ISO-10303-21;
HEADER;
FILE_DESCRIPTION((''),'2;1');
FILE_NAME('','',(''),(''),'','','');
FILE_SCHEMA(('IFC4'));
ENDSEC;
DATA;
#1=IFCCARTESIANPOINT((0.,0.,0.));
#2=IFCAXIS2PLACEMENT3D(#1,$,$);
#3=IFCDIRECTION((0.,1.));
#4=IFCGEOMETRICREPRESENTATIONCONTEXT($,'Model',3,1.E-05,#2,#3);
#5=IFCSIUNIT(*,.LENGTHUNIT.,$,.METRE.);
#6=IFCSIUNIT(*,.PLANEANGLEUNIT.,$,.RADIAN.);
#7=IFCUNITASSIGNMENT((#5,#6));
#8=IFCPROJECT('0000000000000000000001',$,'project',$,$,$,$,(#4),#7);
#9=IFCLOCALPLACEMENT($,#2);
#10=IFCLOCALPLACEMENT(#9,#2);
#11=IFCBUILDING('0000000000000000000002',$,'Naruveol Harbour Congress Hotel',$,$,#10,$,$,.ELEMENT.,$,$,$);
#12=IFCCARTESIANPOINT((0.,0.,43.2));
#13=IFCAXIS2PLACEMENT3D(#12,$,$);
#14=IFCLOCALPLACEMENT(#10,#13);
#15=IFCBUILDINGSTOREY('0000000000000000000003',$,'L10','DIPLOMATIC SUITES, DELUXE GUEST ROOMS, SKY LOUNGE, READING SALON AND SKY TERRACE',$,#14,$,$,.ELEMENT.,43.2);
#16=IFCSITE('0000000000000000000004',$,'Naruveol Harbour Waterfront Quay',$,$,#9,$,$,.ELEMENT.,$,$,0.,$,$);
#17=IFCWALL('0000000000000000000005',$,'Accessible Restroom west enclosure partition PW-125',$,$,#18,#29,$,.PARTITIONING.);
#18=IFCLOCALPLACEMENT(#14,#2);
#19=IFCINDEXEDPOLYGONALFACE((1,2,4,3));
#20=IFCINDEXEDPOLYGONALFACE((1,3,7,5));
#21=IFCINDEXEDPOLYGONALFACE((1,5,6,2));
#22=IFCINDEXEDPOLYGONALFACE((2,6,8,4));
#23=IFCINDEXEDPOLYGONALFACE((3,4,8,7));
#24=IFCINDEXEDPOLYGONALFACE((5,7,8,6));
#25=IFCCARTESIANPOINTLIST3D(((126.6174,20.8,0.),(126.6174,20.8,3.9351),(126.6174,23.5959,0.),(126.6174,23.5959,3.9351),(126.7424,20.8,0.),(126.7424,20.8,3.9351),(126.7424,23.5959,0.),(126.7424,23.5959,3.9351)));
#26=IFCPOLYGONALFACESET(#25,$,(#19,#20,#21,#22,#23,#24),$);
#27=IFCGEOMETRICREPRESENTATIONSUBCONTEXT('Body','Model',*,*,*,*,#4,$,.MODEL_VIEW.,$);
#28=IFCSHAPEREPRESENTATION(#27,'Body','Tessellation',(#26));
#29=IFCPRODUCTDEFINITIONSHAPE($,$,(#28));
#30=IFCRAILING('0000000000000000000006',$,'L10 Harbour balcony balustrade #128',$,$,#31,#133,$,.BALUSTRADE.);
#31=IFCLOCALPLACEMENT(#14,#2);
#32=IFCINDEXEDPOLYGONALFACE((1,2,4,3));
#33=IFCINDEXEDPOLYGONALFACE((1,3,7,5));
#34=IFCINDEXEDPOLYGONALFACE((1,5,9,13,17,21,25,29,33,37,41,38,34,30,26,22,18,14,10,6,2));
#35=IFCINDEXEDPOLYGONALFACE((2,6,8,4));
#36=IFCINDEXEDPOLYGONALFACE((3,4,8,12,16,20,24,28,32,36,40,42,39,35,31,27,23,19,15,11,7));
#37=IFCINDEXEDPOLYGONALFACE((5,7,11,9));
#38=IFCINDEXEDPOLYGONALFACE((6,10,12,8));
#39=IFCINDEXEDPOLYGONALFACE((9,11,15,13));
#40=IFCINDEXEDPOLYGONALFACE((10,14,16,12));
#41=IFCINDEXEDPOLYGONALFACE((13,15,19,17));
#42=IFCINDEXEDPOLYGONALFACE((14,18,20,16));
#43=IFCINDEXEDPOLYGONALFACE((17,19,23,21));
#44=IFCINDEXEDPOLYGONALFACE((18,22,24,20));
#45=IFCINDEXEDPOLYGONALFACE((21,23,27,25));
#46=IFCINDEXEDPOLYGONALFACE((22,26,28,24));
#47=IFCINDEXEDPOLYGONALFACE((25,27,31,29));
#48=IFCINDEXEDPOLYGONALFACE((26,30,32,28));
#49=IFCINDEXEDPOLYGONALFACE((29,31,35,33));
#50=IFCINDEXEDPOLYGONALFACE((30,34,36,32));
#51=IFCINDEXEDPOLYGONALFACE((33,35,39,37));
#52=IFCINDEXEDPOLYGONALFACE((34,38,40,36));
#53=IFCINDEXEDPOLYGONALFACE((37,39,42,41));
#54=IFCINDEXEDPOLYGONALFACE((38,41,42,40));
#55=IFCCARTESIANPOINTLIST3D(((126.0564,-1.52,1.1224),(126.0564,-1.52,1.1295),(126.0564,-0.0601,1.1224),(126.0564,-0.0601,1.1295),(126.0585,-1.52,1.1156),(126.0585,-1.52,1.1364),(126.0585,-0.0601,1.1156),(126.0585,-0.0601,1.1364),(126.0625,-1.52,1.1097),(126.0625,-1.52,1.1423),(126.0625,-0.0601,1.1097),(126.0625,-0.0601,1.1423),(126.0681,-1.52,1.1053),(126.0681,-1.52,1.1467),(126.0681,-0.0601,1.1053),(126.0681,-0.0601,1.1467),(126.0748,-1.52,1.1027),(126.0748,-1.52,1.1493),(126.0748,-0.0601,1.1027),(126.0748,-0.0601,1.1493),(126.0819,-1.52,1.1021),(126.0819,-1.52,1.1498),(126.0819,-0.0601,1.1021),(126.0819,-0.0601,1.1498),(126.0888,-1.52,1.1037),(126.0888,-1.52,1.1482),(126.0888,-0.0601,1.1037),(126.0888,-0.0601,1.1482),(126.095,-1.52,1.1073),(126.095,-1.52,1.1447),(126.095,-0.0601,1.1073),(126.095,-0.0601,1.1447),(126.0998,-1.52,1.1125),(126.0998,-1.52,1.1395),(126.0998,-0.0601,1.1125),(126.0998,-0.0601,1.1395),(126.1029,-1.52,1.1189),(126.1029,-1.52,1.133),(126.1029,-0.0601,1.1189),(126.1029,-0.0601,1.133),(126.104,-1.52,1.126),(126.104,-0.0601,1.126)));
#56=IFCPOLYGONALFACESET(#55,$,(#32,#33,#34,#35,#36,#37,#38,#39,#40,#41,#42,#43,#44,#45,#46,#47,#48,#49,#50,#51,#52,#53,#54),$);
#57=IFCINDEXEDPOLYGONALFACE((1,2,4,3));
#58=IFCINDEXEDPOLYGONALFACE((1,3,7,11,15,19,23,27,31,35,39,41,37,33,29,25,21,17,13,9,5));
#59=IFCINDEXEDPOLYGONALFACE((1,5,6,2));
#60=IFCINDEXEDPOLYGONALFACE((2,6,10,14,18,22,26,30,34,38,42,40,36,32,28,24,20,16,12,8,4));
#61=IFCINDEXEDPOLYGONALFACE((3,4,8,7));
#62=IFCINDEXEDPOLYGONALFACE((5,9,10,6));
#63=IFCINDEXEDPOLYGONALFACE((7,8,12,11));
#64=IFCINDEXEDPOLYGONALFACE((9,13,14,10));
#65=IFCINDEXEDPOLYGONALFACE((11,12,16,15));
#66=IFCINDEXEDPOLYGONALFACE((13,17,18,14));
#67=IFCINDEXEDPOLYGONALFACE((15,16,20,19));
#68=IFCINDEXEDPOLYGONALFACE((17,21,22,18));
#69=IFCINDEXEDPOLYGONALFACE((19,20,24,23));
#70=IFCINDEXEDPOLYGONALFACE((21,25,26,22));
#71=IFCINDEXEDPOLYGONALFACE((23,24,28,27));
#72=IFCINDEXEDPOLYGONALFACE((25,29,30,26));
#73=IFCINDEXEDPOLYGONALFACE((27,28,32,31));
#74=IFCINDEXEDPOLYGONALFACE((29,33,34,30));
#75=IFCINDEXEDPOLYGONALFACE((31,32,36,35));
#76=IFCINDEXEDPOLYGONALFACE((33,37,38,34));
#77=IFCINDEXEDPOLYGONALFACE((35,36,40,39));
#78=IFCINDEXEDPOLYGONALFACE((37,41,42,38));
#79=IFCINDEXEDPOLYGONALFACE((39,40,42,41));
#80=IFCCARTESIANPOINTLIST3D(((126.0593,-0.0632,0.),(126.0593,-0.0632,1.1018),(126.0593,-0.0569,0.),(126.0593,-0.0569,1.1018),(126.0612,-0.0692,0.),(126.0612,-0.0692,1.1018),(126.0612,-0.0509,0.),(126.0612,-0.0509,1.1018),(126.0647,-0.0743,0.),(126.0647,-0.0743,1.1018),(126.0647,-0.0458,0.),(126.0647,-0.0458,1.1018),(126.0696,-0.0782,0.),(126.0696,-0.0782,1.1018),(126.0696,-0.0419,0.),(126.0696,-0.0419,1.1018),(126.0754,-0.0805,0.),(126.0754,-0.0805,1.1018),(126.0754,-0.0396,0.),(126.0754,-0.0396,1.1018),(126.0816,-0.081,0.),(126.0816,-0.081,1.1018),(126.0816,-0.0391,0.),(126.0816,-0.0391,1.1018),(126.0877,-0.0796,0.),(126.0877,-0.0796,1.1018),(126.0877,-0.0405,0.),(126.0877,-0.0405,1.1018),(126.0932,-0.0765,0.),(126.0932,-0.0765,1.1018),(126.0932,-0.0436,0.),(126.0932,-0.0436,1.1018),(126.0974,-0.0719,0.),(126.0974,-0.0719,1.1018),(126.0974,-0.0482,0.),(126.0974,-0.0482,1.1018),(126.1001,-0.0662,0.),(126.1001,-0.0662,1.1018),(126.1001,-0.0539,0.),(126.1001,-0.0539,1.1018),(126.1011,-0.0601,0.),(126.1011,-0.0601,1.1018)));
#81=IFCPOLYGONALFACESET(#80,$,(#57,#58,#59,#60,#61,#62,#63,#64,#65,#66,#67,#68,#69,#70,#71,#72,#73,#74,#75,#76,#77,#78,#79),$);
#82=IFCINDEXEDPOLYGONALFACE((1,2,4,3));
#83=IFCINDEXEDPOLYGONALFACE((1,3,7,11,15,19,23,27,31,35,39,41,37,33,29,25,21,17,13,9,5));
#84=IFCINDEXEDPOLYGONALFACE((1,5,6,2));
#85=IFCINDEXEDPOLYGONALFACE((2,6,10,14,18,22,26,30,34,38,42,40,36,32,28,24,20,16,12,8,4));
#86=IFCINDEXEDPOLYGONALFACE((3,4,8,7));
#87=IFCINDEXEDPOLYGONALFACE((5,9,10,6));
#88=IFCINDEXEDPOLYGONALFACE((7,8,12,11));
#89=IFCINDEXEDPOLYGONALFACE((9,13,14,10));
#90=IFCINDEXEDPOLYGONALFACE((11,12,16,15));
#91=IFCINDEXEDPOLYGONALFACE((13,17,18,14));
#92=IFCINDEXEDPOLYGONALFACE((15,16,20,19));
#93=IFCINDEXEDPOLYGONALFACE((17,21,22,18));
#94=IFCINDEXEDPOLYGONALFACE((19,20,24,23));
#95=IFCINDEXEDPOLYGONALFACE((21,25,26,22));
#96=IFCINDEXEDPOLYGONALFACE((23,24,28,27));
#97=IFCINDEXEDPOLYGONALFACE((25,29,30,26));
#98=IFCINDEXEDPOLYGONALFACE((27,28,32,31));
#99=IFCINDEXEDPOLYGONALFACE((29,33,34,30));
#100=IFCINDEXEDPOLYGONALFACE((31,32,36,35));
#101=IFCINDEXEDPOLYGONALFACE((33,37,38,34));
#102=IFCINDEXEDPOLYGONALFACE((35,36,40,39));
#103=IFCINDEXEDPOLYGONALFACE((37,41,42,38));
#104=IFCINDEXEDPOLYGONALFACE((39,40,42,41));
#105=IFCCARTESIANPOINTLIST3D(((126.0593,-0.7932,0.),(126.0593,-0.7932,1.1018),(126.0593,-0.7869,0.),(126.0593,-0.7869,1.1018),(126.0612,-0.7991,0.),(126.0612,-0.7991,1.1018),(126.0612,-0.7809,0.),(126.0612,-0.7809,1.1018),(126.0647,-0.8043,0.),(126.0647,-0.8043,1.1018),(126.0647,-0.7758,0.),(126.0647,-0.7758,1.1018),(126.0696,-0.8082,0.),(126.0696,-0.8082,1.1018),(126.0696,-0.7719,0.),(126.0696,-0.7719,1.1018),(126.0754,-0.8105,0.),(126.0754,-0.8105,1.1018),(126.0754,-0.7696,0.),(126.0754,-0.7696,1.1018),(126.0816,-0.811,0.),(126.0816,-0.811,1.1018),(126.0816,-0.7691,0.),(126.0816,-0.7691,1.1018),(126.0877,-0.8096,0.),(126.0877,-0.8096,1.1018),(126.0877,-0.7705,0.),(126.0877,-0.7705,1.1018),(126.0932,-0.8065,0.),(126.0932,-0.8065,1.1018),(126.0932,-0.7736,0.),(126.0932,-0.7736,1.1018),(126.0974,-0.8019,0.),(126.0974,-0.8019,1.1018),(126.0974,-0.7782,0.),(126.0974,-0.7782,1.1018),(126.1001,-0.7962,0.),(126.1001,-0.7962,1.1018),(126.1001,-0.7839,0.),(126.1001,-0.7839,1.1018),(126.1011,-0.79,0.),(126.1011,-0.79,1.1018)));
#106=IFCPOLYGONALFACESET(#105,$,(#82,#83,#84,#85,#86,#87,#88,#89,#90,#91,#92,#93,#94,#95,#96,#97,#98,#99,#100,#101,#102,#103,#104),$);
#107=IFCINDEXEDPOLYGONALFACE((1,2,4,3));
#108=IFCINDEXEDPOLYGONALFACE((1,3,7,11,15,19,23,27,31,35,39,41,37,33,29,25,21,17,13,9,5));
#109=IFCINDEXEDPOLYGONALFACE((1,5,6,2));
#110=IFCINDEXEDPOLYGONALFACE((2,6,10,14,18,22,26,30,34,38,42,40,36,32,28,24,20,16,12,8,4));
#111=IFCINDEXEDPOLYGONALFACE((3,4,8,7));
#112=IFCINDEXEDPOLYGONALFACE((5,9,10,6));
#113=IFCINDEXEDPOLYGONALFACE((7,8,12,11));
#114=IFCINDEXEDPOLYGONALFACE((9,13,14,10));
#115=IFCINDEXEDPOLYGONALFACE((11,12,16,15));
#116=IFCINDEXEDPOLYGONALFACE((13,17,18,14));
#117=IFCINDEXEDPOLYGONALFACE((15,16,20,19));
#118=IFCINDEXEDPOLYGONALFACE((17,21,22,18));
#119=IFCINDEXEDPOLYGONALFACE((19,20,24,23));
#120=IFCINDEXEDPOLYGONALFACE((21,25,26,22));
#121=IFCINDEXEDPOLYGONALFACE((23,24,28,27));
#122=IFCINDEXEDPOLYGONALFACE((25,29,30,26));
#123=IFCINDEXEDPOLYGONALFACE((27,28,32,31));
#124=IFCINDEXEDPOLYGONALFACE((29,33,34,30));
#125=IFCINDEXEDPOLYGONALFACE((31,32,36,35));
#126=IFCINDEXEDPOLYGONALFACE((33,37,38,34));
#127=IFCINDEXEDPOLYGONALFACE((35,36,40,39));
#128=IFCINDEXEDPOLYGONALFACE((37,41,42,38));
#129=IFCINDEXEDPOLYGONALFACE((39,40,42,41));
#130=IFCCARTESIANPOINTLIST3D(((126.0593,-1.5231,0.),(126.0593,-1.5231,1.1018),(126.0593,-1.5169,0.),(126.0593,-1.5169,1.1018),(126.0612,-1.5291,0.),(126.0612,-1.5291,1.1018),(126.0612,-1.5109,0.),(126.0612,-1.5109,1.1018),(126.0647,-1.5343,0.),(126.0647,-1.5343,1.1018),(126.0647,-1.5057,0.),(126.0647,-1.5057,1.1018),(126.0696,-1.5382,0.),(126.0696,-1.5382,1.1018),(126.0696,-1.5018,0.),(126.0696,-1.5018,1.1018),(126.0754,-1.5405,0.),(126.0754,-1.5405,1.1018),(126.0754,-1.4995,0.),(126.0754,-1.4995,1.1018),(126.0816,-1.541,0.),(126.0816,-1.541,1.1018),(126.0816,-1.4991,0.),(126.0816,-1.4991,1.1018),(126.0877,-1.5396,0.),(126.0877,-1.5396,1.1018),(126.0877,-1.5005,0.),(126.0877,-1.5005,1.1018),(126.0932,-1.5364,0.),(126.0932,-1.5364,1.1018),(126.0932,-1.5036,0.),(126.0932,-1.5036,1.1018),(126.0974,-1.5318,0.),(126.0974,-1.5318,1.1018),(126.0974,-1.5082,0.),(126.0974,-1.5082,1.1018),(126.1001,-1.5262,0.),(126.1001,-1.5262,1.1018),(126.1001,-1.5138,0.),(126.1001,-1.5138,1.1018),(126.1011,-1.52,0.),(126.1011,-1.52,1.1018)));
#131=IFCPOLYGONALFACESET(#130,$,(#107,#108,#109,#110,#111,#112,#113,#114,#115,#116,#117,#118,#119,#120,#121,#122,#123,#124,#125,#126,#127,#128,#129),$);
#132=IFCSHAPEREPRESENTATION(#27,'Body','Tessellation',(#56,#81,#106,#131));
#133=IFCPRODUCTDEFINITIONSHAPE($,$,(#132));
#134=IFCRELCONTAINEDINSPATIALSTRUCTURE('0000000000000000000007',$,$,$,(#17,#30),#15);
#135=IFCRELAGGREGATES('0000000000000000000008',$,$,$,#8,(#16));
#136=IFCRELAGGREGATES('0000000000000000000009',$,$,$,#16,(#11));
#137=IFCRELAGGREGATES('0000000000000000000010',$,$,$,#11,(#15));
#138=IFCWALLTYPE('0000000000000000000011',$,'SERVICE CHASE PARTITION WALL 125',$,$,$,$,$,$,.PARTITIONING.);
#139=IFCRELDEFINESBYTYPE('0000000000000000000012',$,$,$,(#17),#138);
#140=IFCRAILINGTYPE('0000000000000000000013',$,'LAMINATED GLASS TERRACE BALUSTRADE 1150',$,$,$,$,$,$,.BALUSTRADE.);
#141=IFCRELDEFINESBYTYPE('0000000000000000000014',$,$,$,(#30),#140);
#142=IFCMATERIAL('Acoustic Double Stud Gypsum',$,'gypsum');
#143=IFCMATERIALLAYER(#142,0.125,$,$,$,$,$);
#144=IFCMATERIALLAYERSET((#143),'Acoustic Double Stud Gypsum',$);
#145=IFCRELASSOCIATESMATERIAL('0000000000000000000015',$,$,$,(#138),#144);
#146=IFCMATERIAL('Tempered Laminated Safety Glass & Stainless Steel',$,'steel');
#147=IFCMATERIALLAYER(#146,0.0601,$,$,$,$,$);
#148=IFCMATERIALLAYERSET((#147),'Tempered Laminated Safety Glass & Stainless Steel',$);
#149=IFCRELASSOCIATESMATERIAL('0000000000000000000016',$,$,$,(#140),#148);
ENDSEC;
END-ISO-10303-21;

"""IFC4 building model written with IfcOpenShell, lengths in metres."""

from ifc_helpers import new_model, si_unit, direction, frame, frame_2d, origin, origin_2d, place, context, subcontext, project, spatial, rectangle, circle, extrude, material, layer, layer_set, type_object, element, save


model = new_model("IFC4")

# Units and contexts
model_context = context("Model", 3, precision=1e-05, world=origin(), true_north=direction((0.0, 1.0)))
body_context = subcontext(model_context, "Body", "Model", "MODEL_VIEW")
ifc_project = project(units=[si_unit("LENGTHUNIT", "METRE"), si_unit("PLANEANGLEUNIT", "RADIAN")], contexts=[model_context])

# Site, building, storey
site_placement = place(None, origin())
site = spatial("IfcSite", under=ifc_project, at=site_placement, Name="Naruveol Harbour Waterfront Quay", CompositionType="ELEMENT", RefElevation=0.0)
building_placement = place(site_placement, origin())
building = spatial("IfcBuilding", under=site, at=building_placement, Name="Naruveol Harbour Congress Hotel", CompositionType="ELEMENT")
storey_placement = place(building_placement, frame((0.0, 0.0, 43.2)))
storey = spatial("IfcBuildingStorey", under=building, at=storey_placement, Name="L10", Description="DIPLOMATIC SUITES, DELUXE GUEST ROOMS, SKY LOUNGE, READING SALON AND SKY TERRACE", CompositionType="ELEMENT", Elevation=43.2)

# Wall
ifc_material_1 = material(Name="Acoustic Double Stud Gypsum", Category="gypsum")
ifc_layer_1 = layer(ifc_material_1, 0.125)
ifc_layer_set_1 = layer_set([ifc_layer_1], Name="Acoustic Double Stud Gypsum")
wall_type_1 = type_object("IfcWallType", Name="SERVICE CHASE PARTITION WALL 125", PredefinedType="PARTITIONING", material=ifc_layer_set_1)
wall_1_placement = place(storey_placement, frame((126.6799, 20.8, 0.0), z_axis=(0.0, 0.0, 1.0), x_axis=(0.0, 1.0, 0.0)))
element("IfcWall", 1, at=wall_1_placement, inside=storey, type_object=wall_type_1, Name="Accessible Restroom west enclosure partition PW-125", PredefinedType="PARTITIONING", context=body_context, shape_type="SweptSolid", body=[
    extrude(rectangle(XDim=2.7959, YDim=0.125, at=frame_2d((1.3979, 0.0))), origin(), (0.0, 0.0, 1.0), 3.9351),
])

# Railing
ifc_material_2 = material(Name="Tempered Laminated Safety Glass & Stainless Steel", Category="steel")
ifc_layer_2 = layer(ifc_material_2, 0.0601)
ifc_layer_set_2 = layer_set([ifc_layer_2], Name="Tempered Laminated Safety Glass & Stainless Steel")
railing_type = type_object("IfcRailingType", Name="LAMINATED GLASS TERRACE BALUSTRADE 1150", PredefinedType="BALUSTRADE", material=ifc_layer_set_2)
railing_1_placement = place(storey_placement, frame((126.0801, -0.0601, 0.0)))
element("IfcRailing", 2, at=railing_1_placement, inside=storey, type_object=railing_type, Name="L10 Harbour balcony balustrade #128", PredefinedType="BALUSTRADE", context=body_context, shape_type="SweptSolid", body=[
    extrude(circle(Radius=0.0239, at=origin_2d()), frame((0.0, 0.0, 1.126), z_axis=(0.0, -1.0, 0.0), x_axis=(1.0, 0.0, 0.0)), (0.0, 0.0, 1.0), 1.46),
    extrude(circle(Radius=0.021, at=origin_2d()), origin(), (0.0, 0.0, 1.0), 1.1018),
    extrude(circle(Radius=0.021, at=origin_2d()), frame((0.0, -0.73, 0.0)), (0.0, 0.0, 1.0), 1.1018),
    extrude(circle(Radius=0.021, at=origin_2d()), frame((0.0, -1.46, 0.0)), (0.0, 0.0, 1.0), 1.1018),
])

save(model, "model.ifc")
